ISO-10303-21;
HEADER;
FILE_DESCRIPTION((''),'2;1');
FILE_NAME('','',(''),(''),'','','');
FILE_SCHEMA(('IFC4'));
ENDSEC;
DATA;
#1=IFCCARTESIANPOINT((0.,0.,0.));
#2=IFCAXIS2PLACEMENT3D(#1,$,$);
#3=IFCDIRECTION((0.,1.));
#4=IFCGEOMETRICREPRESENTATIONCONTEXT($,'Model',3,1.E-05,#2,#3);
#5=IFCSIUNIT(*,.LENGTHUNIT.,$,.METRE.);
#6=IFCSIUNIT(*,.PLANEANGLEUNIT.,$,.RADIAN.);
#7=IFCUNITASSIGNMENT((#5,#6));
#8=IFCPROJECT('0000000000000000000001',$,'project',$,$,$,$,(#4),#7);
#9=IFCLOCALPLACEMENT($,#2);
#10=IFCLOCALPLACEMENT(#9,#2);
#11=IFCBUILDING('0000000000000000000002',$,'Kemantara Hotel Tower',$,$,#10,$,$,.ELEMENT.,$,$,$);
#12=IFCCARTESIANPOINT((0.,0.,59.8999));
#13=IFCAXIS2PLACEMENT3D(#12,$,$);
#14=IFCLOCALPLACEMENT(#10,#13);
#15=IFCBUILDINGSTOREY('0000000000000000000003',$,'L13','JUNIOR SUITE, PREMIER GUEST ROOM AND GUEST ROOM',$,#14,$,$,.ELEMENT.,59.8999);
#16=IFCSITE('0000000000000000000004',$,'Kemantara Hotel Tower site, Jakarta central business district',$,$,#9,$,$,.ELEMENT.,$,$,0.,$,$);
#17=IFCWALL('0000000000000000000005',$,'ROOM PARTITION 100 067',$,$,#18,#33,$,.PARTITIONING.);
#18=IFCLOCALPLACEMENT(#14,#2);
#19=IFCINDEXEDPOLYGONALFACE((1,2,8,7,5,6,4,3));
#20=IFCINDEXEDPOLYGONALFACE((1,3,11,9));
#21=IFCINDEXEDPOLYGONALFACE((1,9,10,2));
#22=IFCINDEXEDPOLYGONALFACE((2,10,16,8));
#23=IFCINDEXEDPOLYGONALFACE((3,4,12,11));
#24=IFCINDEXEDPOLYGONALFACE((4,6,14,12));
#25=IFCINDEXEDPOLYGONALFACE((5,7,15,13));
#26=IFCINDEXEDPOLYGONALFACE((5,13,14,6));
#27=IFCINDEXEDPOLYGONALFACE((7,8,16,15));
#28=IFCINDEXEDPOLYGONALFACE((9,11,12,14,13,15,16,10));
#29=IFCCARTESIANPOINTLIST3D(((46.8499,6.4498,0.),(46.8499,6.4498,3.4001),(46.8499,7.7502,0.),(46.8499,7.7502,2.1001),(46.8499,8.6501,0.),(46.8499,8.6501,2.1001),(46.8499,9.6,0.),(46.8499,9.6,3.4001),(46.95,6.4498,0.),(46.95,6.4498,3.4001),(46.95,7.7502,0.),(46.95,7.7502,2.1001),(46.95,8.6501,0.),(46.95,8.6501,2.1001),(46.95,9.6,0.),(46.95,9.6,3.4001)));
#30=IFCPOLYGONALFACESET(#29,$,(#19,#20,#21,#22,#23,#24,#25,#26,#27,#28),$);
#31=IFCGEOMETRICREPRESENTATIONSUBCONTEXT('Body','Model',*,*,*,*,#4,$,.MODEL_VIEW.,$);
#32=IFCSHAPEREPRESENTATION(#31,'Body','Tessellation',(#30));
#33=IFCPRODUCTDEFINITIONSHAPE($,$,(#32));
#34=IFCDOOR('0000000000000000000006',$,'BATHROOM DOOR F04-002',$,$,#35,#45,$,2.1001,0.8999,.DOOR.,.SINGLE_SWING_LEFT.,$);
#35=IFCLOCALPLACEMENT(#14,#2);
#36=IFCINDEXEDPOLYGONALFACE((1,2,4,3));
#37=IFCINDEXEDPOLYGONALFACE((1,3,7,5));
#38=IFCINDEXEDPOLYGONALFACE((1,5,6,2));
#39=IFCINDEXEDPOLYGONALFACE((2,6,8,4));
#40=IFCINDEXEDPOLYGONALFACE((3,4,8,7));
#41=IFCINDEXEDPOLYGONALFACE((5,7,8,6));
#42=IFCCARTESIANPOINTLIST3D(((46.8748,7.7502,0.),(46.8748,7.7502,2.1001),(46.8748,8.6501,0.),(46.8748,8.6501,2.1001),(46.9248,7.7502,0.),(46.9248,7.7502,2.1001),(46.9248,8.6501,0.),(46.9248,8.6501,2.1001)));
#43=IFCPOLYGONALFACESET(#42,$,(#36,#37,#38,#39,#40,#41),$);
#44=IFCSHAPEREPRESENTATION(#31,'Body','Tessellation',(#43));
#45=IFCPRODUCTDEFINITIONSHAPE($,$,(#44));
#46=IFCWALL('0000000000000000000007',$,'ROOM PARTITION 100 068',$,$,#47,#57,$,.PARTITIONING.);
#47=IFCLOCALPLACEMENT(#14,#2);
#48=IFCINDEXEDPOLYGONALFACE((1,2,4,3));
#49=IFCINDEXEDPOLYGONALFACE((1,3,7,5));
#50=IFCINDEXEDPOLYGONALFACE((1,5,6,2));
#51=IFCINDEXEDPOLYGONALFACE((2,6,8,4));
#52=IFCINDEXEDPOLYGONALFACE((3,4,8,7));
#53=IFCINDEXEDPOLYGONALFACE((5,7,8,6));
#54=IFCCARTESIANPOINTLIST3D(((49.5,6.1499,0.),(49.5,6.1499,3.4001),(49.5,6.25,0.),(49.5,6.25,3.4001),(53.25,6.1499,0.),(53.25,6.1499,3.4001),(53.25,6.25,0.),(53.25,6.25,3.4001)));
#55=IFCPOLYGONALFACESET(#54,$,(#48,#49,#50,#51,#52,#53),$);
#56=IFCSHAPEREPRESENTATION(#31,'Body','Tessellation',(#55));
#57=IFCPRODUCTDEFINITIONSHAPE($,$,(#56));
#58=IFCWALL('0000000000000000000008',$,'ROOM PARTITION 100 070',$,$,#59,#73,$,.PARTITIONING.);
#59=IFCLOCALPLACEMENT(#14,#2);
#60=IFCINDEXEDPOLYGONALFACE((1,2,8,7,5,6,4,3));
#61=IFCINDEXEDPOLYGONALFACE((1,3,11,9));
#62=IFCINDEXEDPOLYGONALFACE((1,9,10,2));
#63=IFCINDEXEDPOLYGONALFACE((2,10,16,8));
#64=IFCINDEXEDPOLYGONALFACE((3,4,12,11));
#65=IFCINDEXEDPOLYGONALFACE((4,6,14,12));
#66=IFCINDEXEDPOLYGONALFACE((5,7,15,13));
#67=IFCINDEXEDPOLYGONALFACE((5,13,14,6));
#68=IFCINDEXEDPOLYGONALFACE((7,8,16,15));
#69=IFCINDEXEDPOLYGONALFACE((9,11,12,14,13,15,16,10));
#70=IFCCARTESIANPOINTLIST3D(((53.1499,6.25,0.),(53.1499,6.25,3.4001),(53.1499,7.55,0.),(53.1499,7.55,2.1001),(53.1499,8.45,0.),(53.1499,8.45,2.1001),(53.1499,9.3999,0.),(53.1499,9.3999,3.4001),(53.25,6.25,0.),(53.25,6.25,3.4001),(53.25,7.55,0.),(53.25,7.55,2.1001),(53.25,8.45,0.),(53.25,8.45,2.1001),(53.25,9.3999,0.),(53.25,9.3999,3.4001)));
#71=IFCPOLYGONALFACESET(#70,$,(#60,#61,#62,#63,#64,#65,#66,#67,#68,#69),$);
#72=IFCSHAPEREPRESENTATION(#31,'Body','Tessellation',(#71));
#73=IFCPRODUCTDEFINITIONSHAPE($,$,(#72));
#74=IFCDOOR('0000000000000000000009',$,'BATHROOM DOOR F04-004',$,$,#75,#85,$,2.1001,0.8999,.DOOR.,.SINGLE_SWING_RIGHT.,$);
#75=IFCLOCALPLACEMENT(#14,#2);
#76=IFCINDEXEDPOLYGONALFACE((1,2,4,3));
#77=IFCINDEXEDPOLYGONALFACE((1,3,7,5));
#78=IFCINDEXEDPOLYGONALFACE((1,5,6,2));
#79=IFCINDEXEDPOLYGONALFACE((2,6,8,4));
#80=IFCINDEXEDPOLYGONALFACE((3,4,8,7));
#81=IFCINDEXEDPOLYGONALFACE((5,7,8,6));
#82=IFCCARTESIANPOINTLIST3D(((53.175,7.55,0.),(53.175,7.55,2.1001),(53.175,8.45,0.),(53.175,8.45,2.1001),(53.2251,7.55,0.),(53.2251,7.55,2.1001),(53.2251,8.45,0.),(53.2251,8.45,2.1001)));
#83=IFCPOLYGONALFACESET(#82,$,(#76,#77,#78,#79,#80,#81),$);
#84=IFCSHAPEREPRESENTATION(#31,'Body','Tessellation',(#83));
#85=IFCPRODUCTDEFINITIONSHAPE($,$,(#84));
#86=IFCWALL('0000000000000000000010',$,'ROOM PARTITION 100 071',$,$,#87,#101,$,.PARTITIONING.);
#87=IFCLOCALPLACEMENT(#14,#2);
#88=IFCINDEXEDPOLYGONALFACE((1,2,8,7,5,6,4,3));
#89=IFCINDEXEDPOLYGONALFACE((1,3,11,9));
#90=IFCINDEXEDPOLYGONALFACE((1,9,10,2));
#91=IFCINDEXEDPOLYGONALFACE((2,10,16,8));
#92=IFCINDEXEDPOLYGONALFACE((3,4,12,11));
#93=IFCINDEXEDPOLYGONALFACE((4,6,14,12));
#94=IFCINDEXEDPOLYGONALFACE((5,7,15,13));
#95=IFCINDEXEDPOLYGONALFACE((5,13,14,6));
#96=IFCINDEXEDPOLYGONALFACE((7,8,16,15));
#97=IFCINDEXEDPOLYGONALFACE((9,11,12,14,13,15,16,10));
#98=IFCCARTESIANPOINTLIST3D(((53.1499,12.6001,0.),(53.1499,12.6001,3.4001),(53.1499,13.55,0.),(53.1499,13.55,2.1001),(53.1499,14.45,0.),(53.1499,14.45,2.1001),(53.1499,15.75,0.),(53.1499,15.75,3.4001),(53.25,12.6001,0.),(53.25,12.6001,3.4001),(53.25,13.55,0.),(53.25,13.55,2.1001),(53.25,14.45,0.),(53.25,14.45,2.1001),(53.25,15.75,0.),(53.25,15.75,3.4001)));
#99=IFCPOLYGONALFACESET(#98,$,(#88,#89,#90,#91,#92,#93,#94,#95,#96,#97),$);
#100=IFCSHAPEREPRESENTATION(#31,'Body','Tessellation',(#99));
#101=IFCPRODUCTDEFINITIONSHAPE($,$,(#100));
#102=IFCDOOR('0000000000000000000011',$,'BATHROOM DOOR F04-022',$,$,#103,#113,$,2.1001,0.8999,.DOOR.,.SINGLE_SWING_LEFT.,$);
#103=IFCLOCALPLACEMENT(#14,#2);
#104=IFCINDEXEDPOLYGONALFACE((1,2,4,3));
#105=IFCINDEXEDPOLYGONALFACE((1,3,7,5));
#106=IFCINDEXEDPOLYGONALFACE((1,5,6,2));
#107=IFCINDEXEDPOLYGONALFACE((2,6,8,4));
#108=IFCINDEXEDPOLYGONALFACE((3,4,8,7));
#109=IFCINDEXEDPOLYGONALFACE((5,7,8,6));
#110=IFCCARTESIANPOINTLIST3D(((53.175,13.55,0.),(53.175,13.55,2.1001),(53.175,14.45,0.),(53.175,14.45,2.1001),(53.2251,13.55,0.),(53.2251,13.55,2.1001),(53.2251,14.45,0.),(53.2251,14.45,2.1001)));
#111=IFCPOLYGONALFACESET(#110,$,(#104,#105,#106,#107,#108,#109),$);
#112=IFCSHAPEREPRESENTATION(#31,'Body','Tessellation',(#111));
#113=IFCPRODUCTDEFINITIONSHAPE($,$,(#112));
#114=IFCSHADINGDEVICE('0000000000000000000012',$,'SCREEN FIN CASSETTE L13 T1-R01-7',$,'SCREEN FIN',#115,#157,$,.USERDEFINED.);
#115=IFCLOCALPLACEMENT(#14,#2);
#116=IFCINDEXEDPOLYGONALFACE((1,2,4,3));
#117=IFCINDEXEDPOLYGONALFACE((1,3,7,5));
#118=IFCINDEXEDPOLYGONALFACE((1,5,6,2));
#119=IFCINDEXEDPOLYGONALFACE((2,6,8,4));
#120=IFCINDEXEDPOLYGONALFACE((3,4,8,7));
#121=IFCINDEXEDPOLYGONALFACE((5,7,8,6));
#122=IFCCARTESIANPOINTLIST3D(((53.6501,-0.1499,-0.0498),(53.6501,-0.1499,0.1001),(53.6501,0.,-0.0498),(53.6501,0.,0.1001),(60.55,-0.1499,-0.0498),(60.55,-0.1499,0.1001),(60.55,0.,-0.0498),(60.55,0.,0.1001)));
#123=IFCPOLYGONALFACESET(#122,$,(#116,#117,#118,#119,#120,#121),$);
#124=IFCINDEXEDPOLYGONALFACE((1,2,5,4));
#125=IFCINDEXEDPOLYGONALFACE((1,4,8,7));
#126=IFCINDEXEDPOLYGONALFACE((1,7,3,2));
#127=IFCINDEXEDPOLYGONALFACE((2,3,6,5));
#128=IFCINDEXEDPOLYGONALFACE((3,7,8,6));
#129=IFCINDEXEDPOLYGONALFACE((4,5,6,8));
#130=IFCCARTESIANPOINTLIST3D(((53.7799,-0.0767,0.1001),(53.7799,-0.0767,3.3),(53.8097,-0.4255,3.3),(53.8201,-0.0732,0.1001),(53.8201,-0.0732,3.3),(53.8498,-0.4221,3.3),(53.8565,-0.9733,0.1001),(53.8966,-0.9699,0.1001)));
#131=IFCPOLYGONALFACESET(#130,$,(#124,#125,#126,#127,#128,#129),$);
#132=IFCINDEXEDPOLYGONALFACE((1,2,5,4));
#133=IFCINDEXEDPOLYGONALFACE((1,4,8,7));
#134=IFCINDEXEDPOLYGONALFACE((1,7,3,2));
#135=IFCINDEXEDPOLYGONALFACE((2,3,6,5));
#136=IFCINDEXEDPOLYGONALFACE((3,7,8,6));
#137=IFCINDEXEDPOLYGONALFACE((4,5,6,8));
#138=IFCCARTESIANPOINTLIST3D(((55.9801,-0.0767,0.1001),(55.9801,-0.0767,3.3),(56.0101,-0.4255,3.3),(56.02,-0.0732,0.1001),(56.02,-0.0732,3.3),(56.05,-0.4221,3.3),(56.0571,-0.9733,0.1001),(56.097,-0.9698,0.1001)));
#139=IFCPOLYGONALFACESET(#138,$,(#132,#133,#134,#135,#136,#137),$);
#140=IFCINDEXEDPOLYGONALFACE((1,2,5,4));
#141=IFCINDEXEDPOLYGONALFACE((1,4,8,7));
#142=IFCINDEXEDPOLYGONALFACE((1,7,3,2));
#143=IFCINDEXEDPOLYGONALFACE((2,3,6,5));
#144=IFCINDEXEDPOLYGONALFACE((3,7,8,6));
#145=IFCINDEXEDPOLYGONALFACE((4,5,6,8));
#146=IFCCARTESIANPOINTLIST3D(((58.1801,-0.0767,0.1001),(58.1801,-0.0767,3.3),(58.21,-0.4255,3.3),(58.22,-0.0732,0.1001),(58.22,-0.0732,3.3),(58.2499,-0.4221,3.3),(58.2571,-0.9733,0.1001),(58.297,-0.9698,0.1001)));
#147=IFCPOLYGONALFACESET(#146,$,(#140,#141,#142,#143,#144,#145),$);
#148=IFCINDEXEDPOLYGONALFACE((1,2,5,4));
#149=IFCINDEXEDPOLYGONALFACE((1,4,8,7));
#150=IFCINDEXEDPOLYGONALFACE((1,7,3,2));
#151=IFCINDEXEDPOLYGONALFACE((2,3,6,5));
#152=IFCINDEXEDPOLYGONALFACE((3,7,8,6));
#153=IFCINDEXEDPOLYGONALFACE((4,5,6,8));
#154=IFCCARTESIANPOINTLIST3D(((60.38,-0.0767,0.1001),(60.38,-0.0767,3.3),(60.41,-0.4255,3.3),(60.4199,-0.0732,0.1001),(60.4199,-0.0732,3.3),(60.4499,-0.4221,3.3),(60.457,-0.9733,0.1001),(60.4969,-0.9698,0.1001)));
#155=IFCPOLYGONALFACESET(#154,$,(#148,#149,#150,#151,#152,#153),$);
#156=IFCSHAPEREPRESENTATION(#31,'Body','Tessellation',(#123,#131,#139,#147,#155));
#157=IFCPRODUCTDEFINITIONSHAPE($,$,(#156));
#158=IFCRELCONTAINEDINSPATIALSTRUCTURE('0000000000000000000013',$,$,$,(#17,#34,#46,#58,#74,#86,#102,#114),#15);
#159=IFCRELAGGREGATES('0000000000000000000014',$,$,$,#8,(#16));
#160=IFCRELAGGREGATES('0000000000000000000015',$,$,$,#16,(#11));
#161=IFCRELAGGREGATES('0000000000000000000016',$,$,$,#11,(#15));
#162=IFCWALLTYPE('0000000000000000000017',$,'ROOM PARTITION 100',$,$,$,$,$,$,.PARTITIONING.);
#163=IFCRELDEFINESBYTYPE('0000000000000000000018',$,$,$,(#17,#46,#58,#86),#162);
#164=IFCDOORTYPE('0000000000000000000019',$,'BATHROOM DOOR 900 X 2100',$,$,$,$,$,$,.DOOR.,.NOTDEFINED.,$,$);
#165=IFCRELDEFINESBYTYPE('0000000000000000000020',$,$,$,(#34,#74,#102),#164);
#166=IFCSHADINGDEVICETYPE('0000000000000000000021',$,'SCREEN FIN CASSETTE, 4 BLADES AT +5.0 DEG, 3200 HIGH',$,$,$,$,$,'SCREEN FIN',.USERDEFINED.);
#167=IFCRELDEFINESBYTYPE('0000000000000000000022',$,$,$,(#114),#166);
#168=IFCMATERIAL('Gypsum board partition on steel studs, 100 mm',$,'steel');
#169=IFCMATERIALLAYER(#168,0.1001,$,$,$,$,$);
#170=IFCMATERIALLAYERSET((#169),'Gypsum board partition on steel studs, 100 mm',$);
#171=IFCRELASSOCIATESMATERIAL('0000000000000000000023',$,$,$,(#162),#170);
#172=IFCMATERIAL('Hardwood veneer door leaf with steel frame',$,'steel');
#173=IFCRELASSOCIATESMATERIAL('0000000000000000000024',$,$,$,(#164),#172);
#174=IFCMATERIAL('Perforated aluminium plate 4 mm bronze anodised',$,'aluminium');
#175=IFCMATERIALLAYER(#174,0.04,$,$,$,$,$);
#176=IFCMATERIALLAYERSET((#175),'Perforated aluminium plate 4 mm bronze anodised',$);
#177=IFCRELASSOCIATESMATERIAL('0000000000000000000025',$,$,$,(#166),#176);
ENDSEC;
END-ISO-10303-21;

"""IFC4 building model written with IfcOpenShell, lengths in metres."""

from ifc_helpers import new_model, si_unit, direction, frame, frame_2d, origin, origin_2d, place, context, subcontext, project, spatial, polyline, rectangle, outline, extrude, source, transform, mapped, material, layer, layer_set, type_object, element, fill, save


model = new_model("IFC4")

# Units and contexts
model_context = context("Model", 3, precision=1e-05, world=origin(), true_north=direction((0.0, 1.0)))
body_context = subcontext(model_context, "Body", "Model", "MODEL_VIEW")
ifc_project = project(units=[si_unit("LENGTHUNIT", "METRE"), si_unit("PLANEANGLEUNIT", "RADIAN")], contexts=[model_context])

# Site, building, storey
site_placement = place(None, origin())
site = spatial("IfcSite", under=ifc_project, at=site_placement, Name="Kemantara Hotel Tower site, Jakarta central business district", CompositionType="ELEMENT", RefElevation=0.0)
building_placement = place(site_placement, origin())
building = spatial("IfcBuilding", under=site, at=building_placement, Name="Kemantara Hotel Tower", CompositionType="ELEMENT")
storey_placement = place(building_placement, frame((0.0, 0.0, 59.8999)))
storey = spatial("IfcBuildingStorey", under=building, at=storey_placement, Name="L13", Description="JUNIOR SUITE, PREMIER GUEST ROOM AND GUEST ROOM", CompositionType="ELEMENT", Elevation=59.8999)

# Shared definitions
ifc_material_1 = material(Name="Hardwood veneer door leaf with steel frame", Category="steel")

# Wall, opening, door
ifc_material_2 = material(Name="Gypsum board partition on steel studs, 100 mm", Category="steel")
ifc_layer_1 = layer(ifc_material_2, 0.1001)
ifc_layer_set_1 = layer_set([ifc_layer_1], Name="Gypsum board partition on steel studs, 100 mm")
wall_type_1 = type_object("IfcWallType", Name="ROOM PARTITION 100", PredefinedType="PARTITIONING", material=ifc_layer_set_1)
wall_1_placement = place(storey_placement, frame((46.8999, 9.6001, 0.0), z_axis=(0.0, 0.0, 1.0), x_axis=(0.0, -1.0, 0.0)))
wall_1 = element("IfcWall", 1, at=wall_1_placement, inside=storey, type_object=wall_type_1, Name="ROOM PARTITION 100 067", PredefinedType="PARTITIONING", context=body_context, shape_type="SweptSolid", body=[
    extrude(rectangle(XDim=3.1501, YDim=0.1001, at=frame_2d((1.5752, 0.0))), origin(), (0.0, 0.0, 1.0), 3.4001),
])
opening_1_placement = place(wall_1_placement, frame((0.95, 0.0, 0.0)))
opening_1 = element("IfcOpeningElement", 2, at=opening_1_placement, cuts=wall_1, PredefinedType="OPENING", context=body_context, shape_type="SweptSolid", body=[
    extrude(rectangle(XDim=0.8999, YDim=2.1001, at=frame_2d((0.45, 1.05))), frame((0.0, 0.0601, 0.0), z_axis=(0.0, -1.0, 0.0), x_axis=(1.0, 0.0, 0.0)), (0.0, 0.0, 1.0), 0.1201),
])
door_type_1 = type_object("IfcDoorType", Name="BATHROOM DOOR 900 X 2100", OperationType="NOTDEFINED", PredefinedType="DOOR", material=ifc_material_1)
door_1_placement = place(opening_1_placement, origin())
door_1 = element("IfcDoor", 3, at=door_1_placement, inside=storey, type_object=door_type_1, Name="BATHROOM DOOR F04-002", OperationType="SINGLE_SWING_LEFT", OverallHeight=2.1001, OverallWidth=0.8999, PredefinedType="DOOR", context=body_context, shape_type="SweptSolid", body=[
    extrude(rectangle(XDim=0.8999, YDim=2.1001, at=frame_2d((0.45, 1.05))), frame((0.0, 0.0249, 0.0), z_axis=(0.0, -1.0, 0.0), x_axis=(1.0, 0.0, 0.0)), (0.0, 0.0, 1.0), 0.05),
])
fill(opening_1, door_1)

# Wall
wall_2_placement = place(storey_placement, frame((49.5, 6.2, 0.0), z_axis=(0.0, 0.0, 1.0), x_axis=(1.0, 0.0, 0.0)))
element("IfcWall", 4, at=wall_2_placement, inside=storey, type_object=wall_type_1, Name="ROOM PARTITION 100 068", PredefinedType="PARTITIONING", context=body_context, shape_type="SweptSolid", body=[
    extrude(rectangle(XDim=3.75, YDim=0.1001, at=frame_2d((1.875, 0.0))), origin(), (0.0, 0.0, 1.0), 3.4001),
])

# Walls, openings, doors
wall_3_placement = place(storey_placement, frame((53.2, 6.25, 0.0), z_axis=(0.0, 0.0, 1.0), x_axis=(0.0, 1.0, 0.0)))
wall_3 = element("IfcWall", 5, at=wall_3_placement, inside=storey, type_object=wall_type_1, Name="ROOM PARTITION 100 070", PredefinedType="PARTITIONING", context=body_context, shape_type="SweptSolid", body=[
    extrude(rectangle(XDim=3.1499, YDim=0.1001, at=frame_2d((1.575, 0.0))), origin(), (0.0, 0.0, 1.0), 3.4001),
])
opening_2_placement = place(wall_3_placement, frame((1.3, 0.0, 0.0)))
opening_2 = element("IfcOpeningElement", 6, at=opening_2_placement, cuts=wall_3, PredefinedType="OPENING", context=body_context, shape_type="SweptSolid", body=[
    extrude(rectangle(XDim=0.8999, YDim=2.1001, at=frame_2d((0.45, 1.05))), frame((0.0, 0.0601, 0.0), z_axis=(0.0, -1.0, 0.0), x_axis=(1.0, 0.0, 0.0)), (0.0, 0.0, 1.0), 0.1201),
])
door_2_placement = place(opening_2_placement, origin())
door_2 = element("IfcDoor", 7, at=door_2_placement, inside=storey, type_object=door_type_1, Name="BATHROOM DOOR F04-004", OperationType="SINGLE_SWING_RIGHT", OverallHeight=2.1001, OverallWidth=0.8999, PredefinedType="DOOR", context=body_context, shape_type="SweptSolid", body=[
    extrude(rectangle(XDim=0.8999, YDim=2.1001, at=frame_2d((0.45, 1.05))), frame((0.0, 0.0249, 0.0), z_axis=(0.0, -1.0, 0.0), x_axis=(1.0, 0.0, 0.0)), (0.0, 0.0, 1.0), 0.05),
])
fill(opening_2, door_2)
wall_4_placement = place(storey_placement, frame((53.2, 12.6001, 0.0), z_axis=(0.0, 0.0, 1.0), x_axis=(0.0, 1.0, 0.0)))
wall_4 = element("IfcWall", 8, at=wall_4_placement, inside=storey, type_object=wall_type_1, Name="ROOM PARTITION 100 071", PredefinedType="PARTITIONING", context=body_context, shape_type="SweptSolid", body=[
    extrude(rectangle(XDim=3.1499, YDim=0.1001, at=frame_2d((1.575, 0.0))), origin(), (0.0, 0.0, 1.0), 3.4001),
])
opening_3_placement = place(wall_4_placement, frame((0.95, 0.0, 0.0)))
opening_3 = element("IfcOpeningElement", 9, at=opening_3_placement, cuts=wall_4, PredefinedType="OPENING", context=body_context, shape_type="SweptSolid", body=[
    extrude(rectangle(XDim=0.8999, YDim=2.1001, at=frame_2d((0.45, 1.05))), frame((0.0, 0.0601, 0.0), z_axis=(0.0, -1.0, 0.0), x_axis=(1.0, 0.0, 0.0)), (0.0, 0.0, 1.0), 0.1201),
])
door_3_placement = place(opening_3_placement, origin())
door_3 = element("IfcDoor", 10, at=door_3_placement, inside=storey, type_object=door_type_1, Name="BATHROOM DOOR F04-022", OperationType="SINGLE_SWING_LEFT", OverallHeight=2.1001, OverallWidth=0.8999, PredefinedType="DOOR", context=body_context, shape_type="SweptSolid", body=[
    extrude(rectangle(XDim=0.8999, YDim=2.1001, at=frame_2d((0.45, 1.05))), frame((0.0, 0.0249, 0.0), z_axis=(0.0, -1.0, 0.0), x_axis=(1.0, 0.0, 0.0)), (0.0, 0.0, 1.0), 0.05),
])
fill(opening_3, door_3)

# Shading device
ifc_material_3 = material(Name="Perforated aluminium plate 4 mm bronze anodised", Category="aluminium")
ifc_layer_2 = layer(ifc_material_3, 0.04)
ifc_layer_set_2 = layer_set([ifc_layer_2], Name="Perforated aluminium plate 4 mm bronze anodised")
shading_device_type = type_object("IfcShadingDeviceType", Name="SCREEN FIN CASSETTE, 4 BLADES AT +5.0 DEG, 3200 HIGH", ElementType="SCREEN FIN", PredefinedType="USERDEFINED", material=ifc_layer_set_2)
shared_shape = source(origin(), body_context, "Body", "SweptSolid", [
    extrude(rectangle(XDim=6.8999, YDim=0.1499, at=origin_2d()), frame((3.3, -0.075, -0.1499), z_axis=(0.0, 0.0, 1.0), x_axis=(1.0, 0.0, 0.0)), (0.0, 0.0, 1.0), 0.1499),
    extrude(outline(polyline([(0.0, 0.0), (0.8999, 0.0), (0.3501, 3.2), (0.0, 3.2), (0.0, 0.0)])), frame((0.02, -0.0732, 0.0), z_axis=(-0.996376, -0.085056, 0.0), x_axis=(0.085056, -0.996376, 0.0)), (0.0, 0.0, 1.0), 0.0403),
    extrude(outline(polyline([(0.0, 0.0), (0.8999, 0.0), (0.3501, 3.2), (0.0, 3.2), (0.0, 0.0)])), frame((2.22, -0.0732, 0.0), z_axis=(-0.996332, -0.085575, 0.0), x_axis=(0.085575, -0.996332, 0.0)), (0.0, 0.0, 1.0), 0.04),
    extrude(outline(polyline([(0.0, 0.0), (0.8999, 0.0), (0.3501, 3.2), (0.0, 3.2), (0.0, 0.0)])), frame((4.4199, -0.0732, 0.0), z_axis=(-0.996332, -0.085575, 0.0), x_axis=(0.085575, -0.996332, 0.0)), (0.0, 0.0, 1.0), 0.04),
    extrude(outline(polyline([(0.0, 0.0), (0.8999, 0.0), (0.3501, 3.2), (0.0, 3.2), (0.0, 0.0)])), frame((6.6199, -0.0732, 0.0), z_axis=(-0.996332, -0.085575, 0.0), x_axis=(0.085575, -0.996332, 0.0)), (0.0, 0.0, 1.0), 0.04),
])
shading_device_placement = place(storey_placement, frame((53.8, 0.0, 0.1001), z_axis=(0.0, 0.0, 1.0), x_axis=(1.0, 0.0, 0.0)))
element("IfcShadingDevice", 11, at=shading_device_placement, inside=storey, type_object=shading_device_type, Name="SCREEN FIN CASSETTE L13 T1-R01-7", ObjectType="SCREEN FIN", PredefinedType="USERDEFINED", context=body_context, shape_type="MappedRepresentation", body=[
    mapped(shared_shape, transform((0.0, 0.0, 0.0))),
])

save(model, "model.ifc")
